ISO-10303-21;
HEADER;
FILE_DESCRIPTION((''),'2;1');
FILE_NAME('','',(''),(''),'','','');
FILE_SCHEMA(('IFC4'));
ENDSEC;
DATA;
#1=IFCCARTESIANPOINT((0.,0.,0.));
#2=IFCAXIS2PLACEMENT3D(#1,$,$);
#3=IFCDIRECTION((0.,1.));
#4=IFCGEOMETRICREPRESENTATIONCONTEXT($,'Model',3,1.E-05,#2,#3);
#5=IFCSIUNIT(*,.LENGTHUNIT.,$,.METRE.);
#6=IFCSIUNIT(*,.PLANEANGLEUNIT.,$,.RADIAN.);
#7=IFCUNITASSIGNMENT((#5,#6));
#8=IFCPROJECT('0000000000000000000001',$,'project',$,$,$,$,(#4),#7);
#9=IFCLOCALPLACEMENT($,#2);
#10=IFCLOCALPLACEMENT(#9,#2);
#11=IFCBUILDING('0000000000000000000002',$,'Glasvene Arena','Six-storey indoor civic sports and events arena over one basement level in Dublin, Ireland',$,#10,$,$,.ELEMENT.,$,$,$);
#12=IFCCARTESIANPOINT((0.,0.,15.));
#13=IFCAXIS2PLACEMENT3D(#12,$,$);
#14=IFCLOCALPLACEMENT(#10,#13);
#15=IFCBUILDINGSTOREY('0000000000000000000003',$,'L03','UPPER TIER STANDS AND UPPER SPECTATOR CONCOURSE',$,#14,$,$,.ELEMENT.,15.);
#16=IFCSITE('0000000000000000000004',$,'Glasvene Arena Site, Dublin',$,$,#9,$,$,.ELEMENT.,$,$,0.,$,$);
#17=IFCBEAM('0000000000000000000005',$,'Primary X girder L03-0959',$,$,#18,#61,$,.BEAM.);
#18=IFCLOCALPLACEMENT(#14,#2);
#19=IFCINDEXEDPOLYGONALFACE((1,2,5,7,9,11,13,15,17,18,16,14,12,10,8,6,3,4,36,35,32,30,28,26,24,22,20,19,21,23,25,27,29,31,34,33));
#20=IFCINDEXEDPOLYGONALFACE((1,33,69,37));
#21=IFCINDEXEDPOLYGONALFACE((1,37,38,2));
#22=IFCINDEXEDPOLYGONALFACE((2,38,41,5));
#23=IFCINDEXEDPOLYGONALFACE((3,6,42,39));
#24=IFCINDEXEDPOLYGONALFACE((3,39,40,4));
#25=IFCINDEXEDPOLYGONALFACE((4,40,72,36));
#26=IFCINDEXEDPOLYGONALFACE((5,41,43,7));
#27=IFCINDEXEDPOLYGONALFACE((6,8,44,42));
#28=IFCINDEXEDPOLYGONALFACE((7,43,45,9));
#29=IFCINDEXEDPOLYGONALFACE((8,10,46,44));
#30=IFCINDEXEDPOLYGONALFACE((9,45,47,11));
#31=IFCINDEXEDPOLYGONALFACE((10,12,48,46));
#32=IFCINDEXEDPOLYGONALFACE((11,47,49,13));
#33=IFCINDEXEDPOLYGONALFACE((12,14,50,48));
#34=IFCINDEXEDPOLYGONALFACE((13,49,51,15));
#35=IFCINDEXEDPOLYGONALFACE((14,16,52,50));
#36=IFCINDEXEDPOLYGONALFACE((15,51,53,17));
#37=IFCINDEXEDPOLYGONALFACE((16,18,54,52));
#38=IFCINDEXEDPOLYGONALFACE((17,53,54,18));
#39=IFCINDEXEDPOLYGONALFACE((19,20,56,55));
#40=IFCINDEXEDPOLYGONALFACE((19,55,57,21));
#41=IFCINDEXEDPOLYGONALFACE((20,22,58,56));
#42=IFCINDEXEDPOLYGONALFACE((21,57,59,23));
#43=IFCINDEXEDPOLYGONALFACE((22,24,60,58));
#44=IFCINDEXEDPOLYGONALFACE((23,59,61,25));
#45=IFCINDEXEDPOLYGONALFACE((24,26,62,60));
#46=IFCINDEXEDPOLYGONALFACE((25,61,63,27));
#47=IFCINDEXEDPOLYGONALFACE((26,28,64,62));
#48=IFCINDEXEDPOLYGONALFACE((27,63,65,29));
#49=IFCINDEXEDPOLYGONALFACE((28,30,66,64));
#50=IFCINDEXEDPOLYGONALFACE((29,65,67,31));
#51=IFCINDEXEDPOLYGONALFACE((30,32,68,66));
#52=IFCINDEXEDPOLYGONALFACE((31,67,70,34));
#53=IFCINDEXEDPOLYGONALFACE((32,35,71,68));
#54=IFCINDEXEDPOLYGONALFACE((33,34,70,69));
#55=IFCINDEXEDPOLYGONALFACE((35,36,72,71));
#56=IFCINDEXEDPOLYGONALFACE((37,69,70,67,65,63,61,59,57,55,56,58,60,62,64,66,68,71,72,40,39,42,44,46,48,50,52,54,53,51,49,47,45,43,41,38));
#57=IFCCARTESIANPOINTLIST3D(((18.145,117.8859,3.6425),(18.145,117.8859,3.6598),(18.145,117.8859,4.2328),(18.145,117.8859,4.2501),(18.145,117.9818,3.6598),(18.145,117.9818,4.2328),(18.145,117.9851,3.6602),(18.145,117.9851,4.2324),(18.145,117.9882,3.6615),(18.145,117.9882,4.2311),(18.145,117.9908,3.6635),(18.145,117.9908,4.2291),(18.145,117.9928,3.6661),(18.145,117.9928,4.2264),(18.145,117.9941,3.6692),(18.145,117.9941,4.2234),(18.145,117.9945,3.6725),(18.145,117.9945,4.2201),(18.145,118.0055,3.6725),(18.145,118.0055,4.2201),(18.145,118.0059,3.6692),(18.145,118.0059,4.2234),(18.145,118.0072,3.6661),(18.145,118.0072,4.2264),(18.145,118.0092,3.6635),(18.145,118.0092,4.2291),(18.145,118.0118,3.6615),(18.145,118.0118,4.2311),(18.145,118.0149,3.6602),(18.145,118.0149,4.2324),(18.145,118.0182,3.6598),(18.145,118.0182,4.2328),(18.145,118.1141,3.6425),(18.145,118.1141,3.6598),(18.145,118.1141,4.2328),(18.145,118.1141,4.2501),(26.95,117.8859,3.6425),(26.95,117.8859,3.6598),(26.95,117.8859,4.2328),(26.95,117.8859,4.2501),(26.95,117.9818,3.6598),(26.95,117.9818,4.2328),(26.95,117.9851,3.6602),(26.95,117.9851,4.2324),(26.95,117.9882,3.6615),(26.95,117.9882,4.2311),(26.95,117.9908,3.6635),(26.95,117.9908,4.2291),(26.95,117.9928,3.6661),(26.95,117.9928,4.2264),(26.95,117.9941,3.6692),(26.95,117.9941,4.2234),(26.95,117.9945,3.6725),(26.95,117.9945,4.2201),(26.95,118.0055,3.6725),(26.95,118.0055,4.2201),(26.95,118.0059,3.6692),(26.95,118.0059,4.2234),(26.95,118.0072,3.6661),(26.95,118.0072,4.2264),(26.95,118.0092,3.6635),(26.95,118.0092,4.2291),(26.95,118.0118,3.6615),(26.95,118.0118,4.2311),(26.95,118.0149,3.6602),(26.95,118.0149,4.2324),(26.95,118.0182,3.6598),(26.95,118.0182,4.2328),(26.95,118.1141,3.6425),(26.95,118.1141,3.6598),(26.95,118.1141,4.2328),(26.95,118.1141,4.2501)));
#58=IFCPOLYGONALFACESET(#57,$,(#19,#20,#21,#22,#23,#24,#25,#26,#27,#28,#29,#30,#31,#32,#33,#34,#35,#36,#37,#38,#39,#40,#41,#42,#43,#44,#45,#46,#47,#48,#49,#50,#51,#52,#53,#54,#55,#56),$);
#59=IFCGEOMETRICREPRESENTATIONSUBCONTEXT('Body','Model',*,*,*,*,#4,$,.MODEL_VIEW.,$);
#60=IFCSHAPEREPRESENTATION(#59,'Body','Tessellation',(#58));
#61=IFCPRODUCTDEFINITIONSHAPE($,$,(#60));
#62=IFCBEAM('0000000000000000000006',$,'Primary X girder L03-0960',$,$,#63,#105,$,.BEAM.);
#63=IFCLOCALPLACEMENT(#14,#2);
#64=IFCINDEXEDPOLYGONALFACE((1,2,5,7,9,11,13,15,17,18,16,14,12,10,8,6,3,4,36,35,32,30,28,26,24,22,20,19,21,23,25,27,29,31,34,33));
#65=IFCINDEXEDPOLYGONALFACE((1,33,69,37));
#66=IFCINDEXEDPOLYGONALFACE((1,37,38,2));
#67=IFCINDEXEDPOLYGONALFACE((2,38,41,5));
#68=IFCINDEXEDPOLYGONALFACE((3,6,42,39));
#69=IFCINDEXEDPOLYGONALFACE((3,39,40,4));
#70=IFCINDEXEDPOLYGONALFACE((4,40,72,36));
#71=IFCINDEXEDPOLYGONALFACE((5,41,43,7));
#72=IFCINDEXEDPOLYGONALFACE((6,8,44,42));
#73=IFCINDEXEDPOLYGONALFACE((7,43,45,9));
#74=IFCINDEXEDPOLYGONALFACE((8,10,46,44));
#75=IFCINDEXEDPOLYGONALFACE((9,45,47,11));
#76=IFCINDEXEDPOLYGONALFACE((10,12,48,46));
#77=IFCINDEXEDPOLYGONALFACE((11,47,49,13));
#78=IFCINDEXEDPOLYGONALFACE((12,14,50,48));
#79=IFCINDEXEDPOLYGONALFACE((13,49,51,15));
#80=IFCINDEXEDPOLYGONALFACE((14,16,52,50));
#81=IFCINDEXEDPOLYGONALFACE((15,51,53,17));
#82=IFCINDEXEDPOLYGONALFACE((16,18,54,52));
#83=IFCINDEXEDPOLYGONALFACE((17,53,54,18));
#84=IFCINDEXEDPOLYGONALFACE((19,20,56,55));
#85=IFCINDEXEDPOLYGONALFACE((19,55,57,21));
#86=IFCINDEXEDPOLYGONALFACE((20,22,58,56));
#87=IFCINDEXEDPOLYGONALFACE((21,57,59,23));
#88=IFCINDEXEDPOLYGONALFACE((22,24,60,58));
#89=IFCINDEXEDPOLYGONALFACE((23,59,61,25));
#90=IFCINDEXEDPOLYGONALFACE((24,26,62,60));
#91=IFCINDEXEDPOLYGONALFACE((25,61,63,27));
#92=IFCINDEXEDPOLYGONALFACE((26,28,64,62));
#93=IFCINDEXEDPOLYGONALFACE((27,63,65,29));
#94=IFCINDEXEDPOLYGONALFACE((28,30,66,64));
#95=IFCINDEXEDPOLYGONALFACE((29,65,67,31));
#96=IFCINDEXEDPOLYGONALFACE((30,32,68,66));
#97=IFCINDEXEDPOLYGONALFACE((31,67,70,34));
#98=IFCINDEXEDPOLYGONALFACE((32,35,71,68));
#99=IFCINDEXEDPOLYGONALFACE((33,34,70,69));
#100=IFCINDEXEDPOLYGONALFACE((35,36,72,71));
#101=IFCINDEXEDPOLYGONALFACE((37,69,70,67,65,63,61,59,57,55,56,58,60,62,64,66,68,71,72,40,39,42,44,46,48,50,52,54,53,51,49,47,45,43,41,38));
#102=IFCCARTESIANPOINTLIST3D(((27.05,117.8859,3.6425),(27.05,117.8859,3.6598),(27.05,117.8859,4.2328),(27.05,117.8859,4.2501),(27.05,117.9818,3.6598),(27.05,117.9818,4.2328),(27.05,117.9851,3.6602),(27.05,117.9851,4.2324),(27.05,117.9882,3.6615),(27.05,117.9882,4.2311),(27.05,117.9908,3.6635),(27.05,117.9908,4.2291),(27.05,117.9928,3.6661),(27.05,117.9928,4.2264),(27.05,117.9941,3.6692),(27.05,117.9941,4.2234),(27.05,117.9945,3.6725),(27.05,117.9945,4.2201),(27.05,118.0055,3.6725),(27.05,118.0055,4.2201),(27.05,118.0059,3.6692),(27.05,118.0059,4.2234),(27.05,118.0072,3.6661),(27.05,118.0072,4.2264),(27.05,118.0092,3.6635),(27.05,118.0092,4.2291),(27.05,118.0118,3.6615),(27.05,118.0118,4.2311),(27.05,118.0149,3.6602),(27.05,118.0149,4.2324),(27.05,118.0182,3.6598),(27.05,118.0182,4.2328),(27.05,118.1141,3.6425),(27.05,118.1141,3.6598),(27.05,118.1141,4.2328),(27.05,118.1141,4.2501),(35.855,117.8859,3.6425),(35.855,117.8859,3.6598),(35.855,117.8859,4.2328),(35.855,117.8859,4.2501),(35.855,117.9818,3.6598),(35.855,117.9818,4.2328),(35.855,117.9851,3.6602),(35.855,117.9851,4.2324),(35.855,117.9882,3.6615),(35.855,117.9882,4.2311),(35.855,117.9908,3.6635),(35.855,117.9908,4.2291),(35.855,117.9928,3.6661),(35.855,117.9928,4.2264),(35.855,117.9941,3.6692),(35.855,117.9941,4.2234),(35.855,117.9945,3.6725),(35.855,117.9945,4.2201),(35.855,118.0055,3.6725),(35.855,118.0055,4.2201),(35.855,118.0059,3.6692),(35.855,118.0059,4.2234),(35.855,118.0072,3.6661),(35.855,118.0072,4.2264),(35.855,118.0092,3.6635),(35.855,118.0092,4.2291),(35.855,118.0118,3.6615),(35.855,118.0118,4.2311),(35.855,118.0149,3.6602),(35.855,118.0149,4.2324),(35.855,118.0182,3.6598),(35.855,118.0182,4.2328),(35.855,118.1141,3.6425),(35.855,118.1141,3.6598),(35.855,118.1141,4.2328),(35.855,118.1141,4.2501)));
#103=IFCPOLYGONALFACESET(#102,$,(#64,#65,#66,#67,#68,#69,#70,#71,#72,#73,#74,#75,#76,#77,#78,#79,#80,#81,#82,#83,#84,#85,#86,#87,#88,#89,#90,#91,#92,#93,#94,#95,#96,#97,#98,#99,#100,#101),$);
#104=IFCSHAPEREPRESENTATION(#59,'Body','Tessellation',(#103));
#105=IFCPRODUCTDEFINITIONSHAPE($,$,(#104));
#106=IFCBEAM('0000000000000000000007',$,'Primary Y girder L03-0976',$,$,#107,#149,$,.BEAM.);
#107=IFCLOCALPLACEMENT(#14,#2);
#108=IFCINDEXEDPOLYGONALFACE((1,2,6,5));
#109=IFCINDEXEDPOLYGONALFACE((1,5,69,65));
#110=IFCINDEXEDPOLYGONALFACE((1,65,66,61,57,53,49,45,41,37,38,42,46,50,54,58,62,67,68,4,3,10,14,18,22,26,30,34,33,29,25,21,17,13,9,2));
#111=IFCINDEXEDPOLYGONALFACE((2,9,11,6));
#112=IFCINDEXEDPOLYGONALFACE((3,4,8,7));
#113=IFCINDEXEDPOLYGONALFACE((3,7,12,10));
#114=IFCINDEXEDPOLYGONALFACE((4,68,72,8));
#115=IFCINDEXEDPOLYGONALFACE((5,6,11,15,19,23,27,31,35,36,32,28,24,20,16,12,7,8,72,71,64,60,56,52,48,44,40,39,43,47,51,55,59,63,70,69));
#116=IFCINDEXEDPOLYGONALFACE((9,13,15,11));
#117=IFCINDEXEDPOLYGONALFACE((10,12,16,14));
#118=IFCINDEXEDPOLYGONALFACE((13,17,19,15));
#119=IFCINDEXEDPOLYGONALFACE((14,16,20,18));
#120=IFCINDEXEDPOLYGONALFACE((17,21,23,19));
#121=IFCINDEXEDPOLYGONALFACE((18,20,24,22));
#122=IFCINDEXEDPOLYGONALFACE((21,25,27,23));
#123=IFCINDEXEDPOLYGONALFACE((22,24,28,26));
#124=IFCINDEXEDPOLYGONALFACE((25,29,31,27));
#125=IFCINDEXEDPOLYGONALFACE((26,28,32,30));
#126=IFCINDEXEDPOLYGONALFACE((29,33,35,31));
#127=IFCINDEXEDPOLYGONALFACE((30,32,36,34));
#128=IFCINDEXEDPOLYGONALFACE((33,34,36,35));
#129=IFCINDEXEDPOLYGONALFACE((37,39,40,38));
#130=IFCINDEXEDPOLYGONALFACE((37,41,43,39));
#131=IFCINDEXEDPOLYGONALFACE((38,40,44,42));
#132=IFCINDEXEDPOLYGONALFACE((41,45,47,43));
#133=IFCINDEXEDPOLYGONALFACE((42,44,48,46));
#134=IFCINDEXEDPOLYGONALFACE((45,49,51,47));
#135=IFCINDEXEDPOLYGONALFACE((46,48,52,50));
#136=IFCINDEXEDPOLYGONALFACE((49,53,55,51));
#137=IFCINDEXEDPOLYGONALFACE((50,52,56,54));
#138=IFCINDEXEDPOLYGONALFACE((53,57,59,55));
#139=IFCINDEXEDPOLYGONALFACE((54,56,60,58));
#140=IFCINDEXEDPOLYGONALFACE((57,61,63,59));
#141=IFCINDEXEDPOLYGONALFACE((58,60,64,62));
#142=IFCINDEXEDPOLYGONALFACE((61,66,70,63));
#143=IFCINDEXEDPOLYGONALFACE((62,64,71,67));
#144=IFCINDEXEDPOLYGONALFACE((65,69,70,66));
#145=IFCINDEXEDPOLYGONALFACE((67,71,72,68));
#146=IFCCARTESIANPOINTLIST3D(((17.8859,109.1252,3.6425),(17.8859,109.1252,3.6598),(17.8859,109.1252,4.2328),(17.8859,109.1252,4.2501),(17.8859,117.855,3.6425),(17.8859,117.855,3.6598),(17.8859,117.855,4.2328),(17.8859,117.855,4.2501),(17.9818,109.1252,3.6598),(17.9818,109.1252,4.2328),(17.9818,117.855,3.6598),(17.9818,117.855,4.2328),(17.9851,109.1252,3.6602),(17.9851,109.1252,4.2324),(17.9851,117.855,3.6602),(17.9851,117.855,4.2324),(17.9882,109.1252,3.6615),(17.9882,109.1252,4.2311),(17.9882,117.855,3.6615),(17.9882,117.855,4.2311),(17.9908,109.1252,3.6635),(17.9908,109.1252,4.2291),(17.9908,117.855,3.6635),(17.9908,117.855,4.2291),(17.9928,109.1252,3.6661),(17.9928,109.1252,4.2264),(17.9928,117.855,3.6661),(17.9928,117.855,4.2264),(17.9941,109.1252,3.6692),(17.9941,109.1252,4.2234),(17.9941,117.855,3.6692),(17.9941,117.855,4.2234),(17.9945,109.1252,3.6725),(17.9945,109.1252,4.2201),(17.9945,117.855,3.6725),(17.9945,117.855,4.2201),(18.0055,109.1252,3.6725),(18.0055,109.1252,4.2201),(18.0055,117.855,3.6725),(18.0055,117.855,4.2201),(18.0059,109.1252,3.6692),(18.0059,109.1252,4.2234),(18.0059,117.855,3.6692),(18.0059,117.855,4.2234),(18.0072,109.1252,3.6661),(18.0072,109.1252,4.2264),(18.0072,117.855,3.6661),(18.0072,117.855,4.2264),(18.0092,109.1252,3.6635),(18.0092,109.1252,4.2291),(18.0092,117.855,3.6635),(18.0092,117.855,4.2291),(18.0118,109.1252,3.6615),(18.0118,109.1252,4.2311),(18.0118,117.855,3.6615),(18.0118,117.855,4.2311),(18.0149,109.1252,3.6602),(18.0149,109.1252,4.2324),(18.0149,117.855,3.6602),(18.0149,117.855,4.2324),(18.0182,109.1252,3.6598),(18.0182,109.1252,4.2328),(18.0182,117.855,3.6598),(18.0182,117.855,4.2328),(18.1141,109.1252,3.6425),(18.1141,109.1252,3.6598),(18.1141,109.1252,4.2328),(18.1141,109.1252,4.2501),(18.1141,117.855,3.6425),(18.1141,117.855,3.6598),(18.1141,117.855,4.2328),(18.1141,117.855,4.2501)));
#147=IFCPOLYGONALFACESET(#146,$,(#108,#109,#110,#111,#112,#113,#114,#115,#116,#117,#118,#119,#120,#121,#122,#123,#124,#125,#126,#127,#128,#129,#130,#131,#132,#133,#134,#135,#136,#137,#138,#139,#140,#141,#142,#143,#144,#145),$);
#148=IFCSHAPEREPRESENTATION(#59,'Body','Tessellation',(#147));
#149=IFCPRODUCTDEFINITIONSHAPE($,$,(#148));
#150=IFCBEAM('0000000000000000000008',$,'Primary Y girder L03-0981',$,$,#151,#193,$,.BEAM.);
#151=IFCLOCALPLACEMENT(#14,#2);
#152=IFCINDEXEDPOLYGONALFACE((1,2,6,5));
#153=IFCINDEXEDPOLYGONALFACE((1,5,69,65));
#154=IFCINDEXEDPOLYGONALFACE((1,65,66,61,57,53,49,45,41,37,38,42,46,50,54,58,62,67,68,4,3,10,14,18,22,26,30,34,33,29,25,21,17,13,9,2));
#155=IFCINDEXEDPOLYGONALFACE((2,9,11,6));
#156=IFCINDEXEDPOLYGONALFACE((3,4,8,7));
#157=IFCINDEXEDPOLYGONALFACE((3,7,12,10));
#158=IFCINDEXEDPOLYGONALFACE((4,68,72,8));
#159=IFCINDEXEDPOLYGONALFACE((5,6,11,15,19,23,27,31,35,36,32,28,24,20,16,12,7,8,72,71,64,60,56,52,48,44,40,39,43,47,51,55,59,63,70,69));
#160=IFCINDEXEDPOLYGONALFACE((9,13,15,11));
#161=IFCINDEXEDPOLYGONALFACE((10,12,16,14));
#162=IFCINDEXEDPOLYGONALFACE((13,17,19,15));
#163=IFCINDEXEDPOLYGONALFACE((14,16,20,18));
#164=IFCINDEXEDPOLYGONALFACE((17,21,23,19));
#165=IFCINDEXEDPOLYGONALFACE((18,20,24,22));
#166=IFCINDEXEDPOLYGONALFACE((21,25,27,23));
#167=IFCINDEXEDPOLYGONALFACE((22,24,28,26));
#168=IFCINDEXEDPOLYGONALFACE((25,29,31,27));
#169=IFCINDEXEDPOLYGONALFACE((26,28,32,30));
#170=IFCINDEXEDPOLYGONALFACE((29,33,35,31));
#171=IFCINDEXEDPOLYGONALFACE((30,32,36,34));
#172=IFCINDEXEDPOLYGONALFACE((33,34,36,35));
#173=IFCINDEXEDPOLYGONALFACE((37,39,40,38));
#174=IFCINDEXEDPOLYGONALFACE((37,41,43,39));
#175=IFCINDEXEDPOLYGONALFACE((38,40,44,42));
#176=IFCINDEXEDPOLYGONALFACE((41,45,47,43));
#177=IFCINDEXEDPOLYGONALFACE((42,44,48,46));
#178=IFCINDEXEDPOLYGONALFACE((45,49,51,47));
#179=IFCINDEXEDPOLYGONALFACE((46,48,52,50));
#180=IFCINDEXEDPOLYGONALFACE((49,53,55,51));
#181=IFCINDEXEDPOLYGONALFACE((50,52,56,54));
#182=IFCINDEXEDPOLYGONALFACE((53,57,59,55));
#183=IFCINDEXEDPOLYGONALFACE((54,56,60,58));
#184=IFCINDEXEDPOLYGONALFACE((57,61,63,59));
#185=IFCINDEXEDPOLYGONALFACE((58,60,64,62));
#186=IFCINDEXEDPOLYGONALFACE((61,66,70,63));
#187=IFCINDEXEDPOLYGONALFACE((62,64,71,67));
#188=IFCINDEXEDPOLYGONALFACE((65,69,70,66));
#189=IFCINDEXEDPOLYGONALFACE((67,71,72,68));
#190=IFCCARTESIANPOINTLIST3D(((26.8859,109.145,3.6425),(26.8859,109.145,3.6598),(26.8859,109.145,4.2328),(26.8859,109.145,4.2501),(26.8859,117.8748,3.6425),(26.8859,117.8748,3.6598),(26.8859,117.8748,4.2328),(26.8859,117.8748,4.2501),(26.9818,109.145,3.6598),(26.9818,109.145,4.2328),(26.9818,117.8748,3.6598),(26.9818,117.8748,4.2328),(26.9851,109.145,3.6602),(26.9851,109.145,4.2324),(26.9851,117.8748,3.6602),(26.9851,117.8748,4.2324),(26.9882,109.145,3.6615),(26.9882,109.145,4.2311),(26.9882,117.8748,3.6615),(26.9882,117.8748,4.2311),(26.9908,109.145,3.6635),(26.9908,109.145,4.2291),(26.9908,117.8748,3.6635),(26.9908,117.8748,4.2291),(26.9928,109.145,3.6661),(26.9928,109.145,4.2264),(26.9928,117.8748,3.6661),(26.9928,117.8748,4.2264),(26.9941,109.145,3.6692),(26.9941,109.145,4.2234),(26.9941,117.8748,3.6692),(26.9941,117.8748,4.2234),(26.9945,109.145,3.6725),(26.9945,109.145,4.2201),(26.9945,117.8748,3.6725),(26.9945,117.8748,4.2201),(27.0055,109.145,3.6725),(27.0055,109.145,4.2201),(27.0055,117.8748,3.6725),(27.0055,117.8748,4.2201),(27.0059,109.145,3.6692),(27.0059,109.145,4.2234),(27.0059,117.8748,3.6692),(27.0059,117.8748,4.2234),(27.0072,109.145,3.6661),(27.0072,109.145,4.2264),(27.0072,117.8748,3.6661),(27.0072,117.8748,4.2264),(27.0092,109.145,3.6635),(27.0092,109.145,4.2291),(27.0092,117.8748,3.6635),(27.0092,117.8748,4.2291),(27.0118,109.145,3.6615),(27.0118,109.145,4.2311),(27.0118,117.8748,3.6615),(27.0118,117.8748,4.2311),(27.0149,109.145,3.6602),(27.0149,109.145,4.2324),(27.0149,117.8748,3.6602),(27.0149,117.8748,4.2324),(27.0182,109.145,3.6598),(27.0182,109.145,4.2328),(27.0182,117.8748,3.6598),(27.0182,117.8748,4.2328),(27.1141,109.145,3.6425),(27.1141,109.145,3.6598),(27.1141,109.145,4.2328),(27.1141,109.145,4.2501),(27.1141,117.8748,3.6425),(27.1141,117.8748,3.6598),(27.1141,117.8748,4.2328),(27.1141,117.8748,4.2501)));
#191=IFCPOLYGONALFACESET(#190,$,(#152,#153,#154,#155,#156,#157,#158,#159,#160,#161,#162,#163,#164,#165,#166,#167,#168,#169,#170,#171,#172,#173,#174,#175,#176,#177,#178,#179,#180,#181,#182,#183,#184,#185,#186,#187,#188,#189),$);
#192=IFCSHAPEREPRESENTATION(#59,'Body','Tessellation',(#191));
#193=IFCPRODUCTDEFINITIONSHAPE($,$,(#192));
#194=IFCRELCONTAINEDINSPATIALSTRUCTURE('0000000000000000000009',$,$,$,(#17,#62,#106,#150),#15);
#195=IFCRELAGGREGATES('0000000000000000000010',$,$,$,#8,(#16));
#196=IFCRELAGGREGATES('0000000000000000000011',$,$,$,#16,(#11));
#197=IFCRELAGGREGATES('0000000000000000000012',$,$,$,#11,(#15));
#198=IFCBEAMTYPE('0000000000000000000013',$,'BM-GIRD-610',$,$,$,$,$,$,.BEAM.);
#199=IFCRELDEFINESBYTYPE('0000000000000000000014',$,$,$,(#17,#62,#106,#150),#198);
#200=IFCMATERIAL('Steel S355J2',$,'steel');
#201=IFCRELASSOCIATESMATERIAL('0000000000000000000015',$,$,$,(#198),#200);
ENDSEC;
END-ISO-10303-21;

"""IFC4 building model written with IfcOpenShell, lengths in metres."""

from ifc_helpers import new_model, si_unit, direction, frame, origin, origin_2d, place, context, subcontext, project, spatial, i_section, extrude, material, material_profile, profile_set, type_object, element, save


model = new_model("IFC4")

# Units and contexts
model_context = context("Model", 3, precision=1e-05, world=origin(), true_north=direction((0.0, 1.0)))
body_context = subcontext(model_context, "Body", "Model", "MODEL_VIEW")
ifc_project = project(units=[si_unit("LENGTHUNIT", "METRE"), si_unit("PLANEANGLEUNIT", "RADIAN")], contexts=[model_context])

# Site, building, storey
site_placement = place(None, origin())
site = spatial("IfcSite", under=ifc_project, at=site_placement, Name="Glasvene Arena Site, Dublin", CompositionType="ELEMENT", RefElevation=0.0)
building_placement = place(site_placement, origin())
building = spatial("IfcBuilding", under=site, at=building_placement, Name="Glasvene Arena", Description="Six-storey indoor civic sports and events arena over one basement level in Dublin, Ireland", CompositionType="ELEMENT")
storey_placement = place(building_placement, frame((0.0, 0.0, 15.0)))
storey = spatial("IfcBuildingStorey", under=building, at=storey_placement, Name="L03", Description="UPPER TIER STANDS AND UPPER SPECTATOR CONCOURSE", CompositionType="ELEMENT", Elevation=15.0)

# Shared definitions
ifc_material_1 = material(Name="Steel S355J2", Category="steel")

# Beams
ifc_material_profile_1 = material_profile(ifc_material_1, i_section(OverallWidth=0.2283, OverallDepth=0.6077, WebThickness=0.011, FlangeThickness=0.0173, FilletRadius=0.0127, at=origin_2d()), Name="UKB 610x229x113")
ifc_profile_set_1 = profile_set([ifc_material_profile_1], Name="Steel S355J2")
beam_type_1 = type_object("IfcBeamType", Name="BM-GIRD-610", PredefinedType="BEAM", material=ifc_profile_set_1)
for number, where, z_axis, x_axis, name in (
    (1, (18.145, 118.0, 3.9463), (1.0, 0.0, 0.0), (0.0, 1.0, 0.0), "Primary X girder L03-0959"),
    (2, (27.05, 118.0, 3.9463), (1.0, 0.0, 0.0), (0.0, 1.0, 0.0), "Primary X girder L03-0960"),
):
    element("IfcBeam", number, at=place(storey_placement, frame(where, z_axis=z_axis, x_axis=x_axis)), inside=storey, type_object=beam_type_1, Name=name, PredefinedType="BEAM", context=body_context, shape_type="SweptSolid", body=[
        extrude(i_section(OverallWidth=0.2283, OverallDepth=0.6077, WebThickness=0.011, FlangeThickness=0.0173, FilletRadius=0.0127, at=origin_2d()), origin(), (0.0, 0.0, 1.0), 8.8049),
    ])
for number, where, z_axis, x_axis, name in (
    (3, (18.0, 109.1252, 3.9463), (0.0, 1.0, 0.0), (-1.0, 0.0, 0.0), "Primary Y girder L03-0976"),
    (4, (27.0, 109.145, 3.9463), (0.0, 1.0, 0.0), (-1.0, 0.0, 0.0), "Primary Y girder L03-0981"),
):
    element("IfcBeam", number, at=place(storey_placement, frame(where, z_axis=z_axis, x_axis=x_axis)), inside=storey, type_object=beam_type_1, Name=name, PredefinedType="BEAM", context=body_context, shape_type="SweptSolid", body=[
        extrude(i_section(OverallWidth=0.2283, OverallDepth=0.6077, WebThickness=0.011, FlangeThickness=0.0173, FilletRadius=0.0127, at=origin_2d()), origin(), (0.0, 0.0, 1.0), 8.7297),
    ])

save(model, "model.ifc")
